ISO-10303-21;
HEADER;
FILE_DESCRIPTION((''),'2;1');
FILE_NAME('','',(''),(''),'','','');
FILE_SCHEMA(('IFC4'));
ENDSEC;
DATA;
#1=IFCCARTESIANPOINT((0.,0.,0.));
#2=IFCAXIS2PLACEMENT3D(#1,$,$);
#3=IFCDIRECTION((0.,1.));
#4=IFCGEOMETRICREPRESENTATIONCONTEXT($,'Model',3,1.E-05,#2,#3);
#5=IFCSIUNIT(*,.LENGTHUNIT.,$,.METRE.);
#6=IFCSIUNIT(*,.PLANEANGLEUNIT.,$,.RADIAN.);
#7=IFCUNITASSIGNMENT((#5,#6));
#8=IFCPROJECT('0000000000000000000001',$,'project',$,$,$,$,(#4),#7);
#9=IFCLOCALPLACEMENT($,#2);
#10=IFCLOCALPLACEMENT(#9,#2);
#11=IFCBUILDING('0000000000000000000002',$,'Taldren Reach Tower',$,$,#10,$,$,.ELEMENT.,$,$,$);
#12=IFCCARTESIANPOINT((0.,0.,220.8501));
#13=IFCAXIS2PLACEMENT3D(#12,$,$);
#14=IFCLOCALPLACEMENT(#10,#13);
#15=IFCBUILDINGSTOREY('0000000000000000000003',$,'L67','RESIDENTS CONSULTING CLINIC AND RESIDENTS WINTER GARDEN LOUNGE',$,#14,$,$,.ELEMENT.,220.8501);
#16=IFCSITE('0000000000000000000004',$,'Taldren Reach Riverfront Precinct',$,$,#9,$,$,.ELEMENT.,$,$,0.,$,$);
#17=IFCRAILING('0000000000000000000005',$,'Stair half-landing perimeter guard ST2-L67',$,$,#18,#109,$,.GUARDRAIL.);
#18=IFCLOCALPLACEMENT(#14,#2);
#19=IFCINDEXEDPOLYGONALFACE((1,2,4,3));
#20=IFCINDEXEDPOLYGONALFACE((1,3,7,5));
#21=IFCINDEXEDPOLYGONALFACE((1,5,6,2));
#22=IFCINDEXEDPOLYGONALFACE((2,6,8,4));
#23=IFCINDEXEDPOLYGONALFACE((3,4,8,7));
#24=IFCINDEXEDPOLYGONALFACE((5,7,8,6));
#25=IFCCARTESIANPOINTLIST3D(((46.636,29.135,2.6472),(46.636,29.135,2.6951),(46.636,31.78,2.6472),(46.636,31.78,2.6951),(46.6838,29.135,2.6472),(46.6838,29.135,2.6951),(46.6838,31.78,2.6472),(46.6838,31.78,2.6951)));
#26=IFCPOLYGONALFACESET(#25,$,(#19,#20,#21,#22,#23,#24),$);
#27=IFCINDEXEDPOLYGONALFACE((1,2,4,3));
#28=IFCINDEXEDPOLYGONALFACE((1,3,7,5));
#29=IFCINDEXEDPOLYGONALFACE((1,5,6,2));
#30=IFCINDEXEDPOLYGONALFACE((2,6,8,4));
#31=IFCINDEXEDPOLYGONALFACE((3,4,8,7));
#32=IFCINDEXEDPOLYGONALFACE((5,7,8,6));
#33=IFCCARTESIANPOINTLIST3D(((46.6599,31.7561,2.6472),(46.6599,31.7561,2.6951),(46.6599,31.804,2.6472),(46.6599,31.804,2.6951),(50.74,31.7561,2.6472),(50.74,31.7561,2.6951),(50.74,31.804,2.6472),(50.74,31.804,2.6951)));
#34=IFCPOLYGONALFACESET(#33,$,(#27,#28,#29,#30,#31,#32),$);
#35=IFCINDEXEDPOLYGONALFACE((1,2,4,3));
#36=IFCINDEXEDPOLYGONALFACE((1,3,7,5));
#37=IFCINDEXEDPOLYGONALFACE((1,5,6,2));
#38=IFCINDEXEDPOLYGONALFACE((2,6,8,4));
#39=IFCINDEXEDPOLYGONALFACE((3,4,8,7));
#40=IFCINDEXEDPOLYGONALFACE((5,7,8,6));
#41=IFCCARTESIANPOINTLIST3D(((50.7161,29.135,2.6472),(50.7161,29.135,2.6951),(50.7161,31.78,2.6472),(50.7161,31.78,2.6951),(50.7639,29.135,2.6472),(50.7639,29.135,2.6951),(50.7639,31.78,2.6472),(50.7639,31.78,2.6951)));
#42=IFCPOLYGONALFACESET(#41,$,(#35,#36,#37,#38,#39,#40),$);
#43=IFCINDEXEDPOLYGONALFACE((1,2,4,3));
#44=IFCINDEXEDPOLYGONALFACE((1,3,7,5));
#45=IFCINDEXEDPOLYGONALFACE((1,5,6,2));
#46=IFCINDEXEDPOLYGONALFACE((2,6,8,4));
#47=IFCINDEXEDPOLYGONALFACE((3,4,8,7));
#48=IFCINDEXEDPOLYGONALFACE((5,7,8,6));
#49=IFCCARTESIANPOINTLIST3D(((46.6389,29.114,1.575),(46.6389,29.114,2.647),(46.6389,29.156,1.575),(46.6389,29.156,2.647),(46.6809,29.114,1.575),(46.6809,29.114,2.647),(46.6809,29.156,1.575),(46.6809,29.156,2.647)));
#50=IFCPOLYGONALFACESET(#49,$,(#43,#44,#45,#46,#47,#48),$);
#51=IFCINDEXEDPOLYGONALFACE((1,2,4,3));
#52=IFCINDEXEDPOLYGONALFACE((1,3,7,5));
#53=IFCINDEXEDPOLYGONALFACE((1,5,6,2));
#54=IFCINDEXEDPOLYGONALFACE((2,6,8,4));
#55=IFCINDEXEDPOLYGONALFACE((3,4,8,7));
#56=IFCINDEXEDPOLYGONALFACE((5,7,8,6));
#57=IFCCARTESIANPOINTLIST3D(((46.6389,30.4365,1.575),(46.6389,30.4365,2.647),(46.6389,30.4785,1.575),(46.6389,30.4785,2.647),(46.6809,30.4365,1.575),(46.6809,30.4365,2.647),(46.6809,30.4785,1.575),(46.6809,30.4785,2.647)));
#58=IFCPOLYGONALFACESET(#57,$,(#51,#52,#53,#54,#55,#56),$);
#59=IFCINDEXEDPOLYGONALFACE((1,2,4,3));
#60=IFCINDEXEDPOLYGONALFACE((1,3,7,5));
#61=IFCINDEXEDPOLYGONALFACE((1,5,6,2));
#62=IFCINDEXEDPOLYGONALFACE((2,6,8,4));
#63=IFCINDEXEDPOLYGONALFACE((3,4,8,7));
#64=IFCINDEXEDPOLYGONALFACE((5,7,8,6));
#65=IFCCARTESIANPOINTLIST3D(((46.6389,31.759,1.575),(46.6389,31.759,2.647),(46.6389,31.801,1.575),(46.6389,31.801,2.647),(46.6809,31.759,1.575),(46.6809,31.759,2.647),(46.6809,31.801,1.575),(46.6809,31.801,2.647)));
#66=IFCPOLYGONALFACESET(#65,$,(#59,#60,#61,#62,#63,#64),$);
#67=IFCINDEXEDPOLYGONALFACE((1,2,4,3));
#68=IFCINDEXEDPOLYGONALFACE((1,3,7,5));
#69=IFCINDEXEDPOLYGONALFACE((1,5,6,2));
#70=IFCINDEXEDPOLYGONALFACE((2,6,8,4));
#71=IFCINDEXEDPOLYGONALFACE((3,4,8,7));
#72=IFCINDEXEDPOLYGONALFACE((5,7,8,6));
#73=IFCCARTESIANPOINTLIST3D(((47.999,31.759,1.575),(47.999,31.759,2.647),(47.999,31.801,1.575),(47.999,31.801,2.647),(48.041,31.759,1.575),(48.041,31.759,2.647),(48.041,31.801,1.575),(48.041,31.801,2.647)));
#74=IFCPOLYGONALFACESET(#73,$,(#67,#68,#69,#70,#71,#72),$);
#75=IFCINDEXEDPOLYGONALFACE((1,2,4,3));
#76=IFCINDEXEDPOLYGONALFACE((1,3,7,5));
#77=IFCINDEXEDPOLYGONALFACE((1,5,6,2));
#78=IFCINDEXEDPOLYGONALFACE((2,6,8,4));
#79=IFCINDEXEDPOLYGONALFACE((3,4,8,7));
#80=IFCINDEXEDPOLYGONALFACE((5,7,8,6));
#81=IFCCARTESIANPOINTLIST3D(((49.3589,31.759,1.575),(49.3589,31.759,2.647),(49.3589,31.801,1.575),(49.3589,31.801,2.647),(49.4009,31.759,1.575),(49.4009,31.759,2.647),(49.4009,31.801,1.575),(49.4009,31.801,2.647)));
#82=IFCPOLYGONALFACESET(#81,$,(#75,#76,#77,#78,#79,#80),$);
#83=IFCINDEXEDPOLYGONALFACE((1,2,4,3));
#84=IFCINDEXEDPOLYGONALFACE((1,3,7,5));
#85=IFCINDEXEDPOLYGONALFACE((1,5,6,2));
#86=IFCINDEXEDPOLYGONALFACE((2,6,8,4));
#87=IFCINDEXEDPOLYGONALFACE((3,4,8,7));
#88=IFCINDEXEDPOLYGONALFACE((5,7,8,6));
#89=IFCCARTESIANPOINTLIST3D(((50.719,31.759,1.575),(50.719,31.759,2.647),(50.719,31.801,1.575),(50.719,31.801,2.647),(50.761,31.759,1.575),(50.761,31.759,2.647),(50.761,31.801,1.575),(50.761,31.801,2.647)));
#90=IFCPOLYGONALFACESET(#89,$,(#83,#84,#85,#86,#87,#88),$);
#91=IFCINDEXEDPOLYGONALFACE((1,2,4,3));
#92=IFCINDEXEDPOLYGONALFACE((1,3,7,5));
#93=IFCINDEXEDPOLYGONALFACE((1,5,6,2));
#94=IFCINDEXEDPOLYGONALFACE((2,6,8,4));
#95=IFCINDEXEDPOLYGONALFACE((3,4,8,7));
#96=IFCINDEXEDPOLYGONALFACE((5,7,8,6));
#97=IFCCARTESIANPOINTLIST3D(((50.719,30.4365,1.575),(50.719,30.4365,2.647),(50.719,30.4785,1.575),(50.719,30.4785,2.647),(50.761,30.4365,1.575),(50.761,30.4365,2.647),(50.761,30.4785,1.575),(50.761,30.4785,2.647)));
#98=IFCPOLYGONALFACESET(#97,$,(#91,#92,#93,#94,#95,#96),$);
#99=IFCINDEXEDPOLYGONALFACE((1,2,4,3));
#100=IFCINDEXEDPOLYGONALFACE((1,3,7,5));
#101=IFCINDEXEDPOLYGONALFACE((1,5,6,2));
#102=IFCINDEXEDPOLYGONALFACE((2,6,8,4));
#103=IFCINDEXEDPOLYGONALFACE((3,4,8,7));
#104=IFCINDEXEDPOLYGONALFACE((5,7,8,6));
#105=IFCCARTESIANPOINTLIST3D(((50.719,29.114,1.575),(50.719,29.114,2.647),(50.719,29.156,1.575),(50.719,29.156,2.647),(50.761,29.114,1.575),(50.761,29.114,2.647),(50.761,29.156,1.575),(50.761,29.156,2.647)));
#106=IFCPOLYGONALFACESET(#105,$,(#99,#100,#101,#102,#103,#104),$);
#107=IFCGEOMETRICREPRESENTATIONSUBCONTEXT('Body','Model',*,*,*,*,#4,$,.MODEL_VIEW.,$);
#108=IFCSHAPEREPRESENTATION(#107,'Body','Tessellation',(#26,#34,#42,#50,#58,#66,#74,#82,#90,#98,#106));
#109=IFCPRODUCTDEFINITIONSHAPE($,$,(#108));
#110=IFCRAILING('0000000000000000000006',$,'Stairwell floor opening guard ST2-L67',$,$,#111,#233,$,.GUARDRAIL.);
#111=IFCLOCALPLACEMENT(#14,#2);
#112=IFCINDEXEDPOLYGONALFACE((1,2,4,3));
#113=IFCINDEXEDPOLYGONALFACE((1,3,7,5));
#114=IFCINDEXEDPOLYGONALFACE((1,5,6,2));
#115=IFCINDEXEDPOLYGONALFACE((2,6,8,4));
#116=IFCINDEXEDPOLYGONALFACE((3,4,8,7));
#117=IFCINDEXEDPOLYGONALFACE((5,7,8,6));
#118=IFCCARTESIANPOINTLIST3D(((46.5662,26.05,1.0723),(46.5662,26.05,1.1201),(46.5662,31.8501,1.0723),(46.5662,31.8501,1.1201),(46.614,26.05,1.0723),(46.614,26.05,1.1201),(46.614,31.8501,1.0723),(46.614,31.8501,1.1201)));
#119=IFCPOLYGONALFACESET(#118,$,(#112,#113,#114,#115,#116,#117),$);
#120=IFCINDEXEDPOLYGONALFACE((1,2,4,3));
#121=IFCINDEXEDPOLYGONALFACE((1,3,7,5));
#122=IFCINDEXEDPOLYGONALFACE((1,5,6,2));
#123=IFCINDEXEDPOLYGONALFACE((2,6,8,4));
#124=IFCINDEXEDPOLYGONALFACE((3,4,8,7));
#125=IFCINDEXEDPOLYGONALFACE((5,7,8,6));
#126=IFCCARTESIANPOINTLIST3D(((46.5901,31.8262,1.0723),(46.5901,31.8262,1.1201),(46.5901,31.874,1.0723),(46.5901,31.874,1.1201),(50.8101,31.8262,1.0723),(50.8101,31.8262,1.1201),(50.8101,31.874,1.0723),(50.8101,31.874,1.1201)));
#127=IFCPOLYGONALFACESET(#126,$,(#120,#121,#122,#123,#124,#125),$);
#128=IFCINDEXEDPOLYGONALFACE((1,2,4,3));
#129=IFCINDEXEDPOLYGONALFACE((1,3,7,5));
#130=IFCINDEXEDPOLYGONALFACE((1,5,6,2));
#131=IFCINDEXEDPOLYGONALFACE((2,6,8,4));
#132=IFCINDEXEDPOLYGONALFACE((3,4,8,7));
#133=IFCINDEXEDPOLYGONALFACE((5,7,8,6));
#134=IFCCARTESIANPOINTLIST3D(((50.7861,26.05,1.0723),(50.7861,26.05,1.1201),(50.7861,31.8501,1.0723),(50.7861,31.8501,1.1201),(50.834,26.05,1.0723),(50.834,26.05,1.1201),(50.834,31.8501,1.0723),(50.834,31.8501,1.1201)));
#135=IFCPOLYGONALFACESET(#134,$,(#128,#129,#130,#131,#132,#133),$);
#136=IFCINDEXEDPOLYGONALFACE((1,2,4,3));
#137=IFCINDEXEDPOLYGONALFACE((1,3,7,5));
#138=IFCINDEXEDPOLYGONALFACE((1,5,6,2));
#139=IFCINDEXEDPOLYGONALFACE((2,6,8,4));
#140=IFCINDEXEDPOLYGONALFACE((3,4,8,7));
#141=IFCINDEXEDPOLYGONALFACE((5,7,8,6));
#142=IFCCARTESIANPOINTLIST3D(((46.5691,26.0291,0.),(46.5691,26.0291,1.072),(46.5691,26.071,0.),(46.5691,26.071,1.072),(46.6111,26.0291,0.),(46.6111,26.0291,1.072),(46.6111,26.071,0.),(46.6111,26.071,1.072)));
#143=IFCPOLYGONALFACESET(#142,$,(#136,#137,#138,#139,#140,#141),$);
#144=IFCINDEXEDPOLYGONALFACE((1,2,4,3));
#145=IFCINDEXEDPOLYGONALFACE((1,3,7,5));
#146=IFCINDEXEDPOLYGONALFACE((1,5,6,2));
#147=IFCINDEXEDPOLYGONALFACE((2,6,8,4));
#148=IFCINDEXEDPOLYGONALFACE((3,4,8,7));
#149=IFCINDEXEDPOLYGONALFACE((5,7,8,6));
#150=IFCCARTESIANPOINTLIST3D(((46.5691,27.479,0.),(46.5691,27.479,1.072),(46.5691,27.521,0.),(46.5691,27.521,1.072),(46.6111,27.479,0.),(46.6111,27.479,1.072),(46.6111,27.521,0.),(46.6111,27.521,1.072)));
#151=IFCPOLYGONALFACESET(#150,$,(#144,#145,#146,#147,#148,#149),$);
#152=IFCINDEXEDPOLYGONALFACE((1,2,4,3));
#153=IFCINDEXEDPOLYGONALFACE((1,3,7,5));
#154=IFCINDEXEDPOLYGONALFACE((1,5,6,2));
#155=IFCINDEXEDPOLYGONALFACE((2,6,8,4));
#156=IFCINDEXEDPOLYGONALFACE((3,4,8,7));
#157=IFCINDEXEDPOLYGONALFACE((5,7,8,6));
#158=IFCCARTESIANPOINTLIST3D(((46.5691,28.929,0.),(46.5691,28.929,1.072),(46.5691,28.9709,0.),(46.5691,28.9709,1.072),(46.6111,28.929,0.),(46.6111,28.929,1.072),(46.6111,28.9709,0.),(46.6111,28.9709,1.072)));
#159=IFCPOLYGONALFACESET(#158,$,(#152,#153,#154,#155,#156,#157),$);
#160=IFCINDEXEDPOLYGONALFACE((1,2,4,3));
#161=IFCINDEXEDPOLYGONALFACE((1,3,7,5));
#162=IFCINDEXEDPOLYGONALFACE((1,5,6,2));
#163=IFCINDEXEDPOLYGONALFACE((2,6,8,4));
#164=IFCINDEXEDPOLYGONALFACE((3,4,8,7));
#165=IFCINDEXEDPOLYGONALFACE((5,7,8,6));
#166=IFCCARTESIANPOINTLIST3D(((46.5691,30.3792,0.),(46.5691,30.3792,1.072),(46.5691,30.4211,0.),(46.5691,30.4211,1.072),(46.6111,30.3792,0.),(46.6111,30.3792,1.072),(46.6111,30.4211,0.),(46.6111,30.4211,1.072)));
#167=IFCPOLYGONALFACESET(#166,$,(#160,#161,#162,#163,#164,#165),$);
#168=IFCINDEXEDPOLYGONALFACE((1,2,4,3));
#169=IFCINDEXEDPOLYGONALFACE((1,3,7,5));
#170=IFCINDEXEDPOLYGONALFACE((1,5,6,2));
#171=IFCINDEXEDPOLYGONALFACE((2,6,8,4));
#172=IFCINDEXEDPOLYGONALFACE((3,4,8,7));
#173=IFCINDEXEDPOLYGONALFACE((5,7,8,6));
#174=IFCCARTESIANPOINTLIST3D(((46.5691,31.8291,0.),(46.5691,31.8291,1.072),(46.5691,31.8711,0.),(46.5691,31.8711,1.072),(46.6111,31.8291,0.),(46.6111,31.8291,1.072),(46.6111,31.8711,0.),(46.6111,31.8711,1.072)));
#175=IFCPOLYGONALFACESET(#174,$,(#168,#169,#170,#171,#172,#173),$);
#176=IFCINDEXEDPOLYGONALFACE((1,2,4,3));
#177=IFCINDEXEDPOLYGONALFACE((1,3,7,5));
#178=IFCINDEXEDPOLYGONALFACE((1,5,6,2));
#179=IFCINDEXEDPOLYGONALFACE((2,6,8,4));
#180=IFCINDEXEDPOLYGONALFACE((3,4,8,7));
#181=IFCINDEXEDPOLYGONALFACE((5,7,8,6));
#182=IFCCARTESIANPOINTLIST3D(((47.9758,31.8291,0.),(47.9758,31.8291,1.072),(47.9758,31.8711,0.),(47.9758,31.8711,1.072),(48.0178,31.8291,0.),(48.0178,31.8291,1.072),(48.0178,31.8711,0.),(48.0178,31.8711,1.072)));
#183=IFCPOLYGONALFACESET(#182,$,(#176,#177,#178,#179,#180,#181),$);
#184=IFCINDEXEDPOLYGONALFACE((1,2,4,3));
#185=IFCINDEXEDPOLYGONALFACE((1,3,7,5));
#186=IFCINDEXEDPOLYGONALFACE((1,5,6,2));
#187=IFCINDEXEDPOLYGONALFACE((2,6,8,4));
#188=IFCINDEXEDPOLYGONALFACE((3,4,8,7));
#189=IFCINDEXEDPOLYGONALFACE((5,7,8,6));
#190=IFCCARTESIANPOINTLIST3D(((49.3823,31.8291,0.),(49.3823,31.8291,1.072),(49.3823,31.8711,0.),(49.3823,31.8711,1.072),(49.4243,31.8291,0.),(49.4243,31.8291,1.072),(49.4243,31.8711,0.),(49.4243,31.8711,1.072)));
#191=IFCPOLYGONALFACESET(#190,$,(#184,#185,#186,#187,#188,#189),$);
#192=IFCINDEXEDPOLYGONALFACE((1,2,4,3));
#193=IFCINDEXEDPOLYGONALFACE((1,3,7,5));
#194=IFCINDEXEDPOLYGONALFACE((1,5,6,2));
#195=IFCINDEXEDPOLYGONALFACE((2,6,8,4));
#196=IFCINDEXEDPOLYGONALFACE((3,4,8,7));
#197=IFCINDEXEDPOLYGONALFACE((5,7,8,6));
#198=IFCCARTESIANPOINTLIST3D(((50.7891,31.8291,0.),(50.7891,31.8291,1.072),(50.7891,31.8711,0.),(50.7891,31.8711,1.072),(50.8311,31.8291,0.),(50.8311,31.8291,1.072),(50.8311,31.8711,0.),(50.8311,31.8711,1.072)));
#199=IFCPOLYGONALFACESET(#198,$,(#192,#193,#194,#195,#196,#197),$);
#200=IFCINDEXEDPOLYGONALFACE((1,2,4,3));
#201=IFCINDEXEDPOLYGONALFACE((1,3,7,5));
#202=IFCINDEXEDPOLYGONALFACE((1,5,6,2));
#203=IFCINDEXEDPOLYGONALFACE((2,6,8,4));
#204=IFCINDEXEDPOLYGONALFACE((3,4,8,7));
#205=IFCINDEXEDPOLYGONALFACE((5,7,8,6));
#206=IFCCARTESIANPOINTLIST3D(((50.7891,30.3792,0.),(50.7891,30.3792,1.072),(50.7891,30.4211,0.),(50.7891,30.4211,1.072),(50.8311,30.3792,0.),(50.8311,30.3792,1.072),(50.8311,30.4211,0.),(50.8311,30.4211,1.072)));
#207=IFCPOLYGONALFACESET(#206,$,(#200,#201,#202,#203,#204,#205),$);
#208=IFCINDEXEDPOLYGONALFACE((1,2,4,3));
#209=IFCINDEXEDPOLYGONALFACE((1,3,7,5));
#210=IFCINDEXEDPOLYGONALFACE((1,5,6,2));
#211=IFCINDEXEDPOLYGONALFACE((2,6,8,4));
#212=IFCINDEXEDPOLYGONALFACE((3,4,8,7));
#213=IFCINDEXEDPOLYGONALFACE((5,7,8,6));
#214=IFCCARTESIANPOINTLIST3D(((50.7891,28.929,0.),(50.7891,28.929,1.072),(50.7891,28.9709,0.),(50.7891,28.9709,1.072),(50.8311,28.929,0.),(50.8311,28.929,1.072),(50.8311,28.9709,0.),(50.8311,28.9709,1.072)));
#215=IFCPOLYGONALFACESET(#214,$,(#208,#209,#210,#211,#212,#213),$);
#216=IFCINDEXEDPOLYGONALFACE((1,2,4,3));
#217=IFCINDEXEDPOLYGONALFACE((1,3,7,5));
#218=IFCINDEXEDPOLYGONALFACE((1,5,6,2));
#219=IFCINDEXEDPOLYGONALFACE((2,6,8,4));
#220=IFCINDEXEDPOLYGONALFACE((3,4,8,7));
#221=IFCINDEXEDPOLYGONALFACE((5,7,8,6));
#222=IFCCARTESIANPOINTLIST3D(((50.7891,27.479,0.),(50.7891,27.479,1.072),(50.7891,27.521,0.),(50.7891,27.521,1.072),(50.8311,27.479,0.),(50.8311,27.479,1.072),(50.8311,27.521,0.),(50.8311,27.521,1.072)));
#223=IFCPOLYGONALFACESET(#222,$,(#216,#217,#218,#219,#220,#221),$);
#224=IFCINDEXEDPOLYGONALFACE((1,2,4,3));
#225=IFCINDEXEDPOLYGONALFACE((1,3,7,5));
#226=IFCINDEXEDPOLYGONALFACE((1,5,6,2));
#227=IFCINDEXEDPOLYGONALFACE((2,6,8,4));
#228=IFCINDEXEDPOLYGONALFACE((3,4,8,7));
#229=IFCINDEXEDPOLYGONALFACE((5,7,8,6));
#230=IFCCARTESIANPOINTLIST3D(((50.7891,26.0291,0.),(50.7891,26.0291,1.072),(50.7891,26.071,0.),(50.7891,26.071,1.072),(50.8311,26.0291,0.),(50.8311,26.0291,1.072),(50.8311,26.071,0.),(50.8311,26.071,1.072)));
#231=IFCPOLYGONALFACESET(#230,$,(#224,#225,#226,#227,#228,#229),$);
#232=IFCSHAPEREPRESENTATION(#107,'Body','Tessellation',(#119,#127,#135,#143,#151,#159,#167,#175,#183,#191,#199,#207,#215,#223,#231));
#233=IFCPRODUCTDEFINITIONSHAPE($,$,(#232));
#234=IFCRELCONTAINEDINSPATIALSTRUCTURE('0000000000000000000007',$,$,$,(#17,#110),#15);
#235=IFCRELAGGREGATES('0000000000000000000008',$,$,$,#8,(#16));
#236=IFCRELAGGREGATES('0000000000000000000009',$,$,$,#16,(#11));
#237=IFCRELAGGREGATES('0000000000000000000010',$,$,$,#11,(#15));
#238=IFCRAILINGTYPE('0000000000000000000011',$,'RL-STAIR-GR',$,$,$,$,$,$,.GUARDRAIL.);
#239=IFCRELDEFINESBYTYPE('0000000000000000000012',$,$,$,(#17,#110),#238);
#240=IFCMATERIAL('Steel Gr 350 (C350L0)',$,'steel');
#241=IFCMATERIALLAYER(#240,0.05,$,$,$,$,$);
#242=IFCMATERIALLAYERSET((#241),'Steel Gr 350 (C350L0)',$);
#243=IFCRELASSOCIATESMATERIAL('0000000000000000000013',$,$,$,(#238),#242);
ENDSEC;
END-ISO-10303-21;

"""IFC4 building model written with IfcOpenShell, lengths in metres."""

from ifc_helpers import new_model, si_unit, direction, frame, origin, origin_2d, place, context, subcontext, project, spatial, rectangle, extrude, material, layer, layer_set, type_object, element, save


model = new_model("IFC4")

# Units and contexts
model_context = context("Model", 3, precision=1e-05, world=origin(), true_north=direction((0.0, 1.0)))
body_context = subcontext(model_context, "Body", "Model", "MODEL_VIEW")
ifc_project = project(units=[si_unit("LENGTHUNIT", "METRE"), si_unit("PLANEANGLEUNIT", "RADIAN")], contexts=[model_context])

# Site, building, storey
site_placement = place(None, origin())
site = spatial("IfcSite", under=ifc_project, at=site_placement, Name="Taldren Reach Riverfront Precinct", CompositionType="ELEMENT", RefElevation=0.0)
building_placement = place(site_placement, origin())
building = spatial("IfcBuilding", under=site, at=building_placement, Name="Taldren Reach Tower", CompositionType="ELEMENT")
storey_placement = place(building_placement, frame((0.0, 0.0, 220.8501)))
storey = spatial("IfcBuildingStorey", under=building, at=storey_placement, Name="L67", Description="RESIDENTS CONSULTING CLINIC AND RESIDENTS WINTER GARDEN LOUNGE", CompositionType="ELEMENT", Elevation=220.8501)

# Shared definitions
ifc_material_1 = material(Name="Steel Gr 350 (C350L0)", Category="steel")

# Railings
ifc_layer_1 = layer(ifc_material_1, 0.05)
ifc_layer_set_1 = layer_set([ifc_layer_1], Name="Steel Gr 350 (C350L0)")
railing_type = type_object("IfcRailingType", Name="RL-STAIR-GR", PredefinedType="GUARDRAIL", material=ifc_layer_set_1)
railing_1_placement = place(storey_placement, frame((46.6599, 29.135, 1.575)))
element("IfcRailing", 1, at=railing_1_placement, inside=storey, type_object=railing_type, Name="Stair half-landing perimeter guard ST2-L67", PredefinedType="GUARDRAIL", context=body_context, shape_type="SweptSolid", body=[
    extrude(rectangle(XDim=0.0479, YDim=0.0479, at=origin_2d()), frame((0.0, 0.0, 1.0962), z_axis=(0.0, 1.0, 0.0), x_axis=(-1.0, 0.0, 0.0)), (0.0, 0.0, 1.0), 2.645),
    extrude(rectangle(XDim=0.0479, YDim=0.0479, at=origin_2d()), frame((0.0, 2.645, 1.0962), z_axis=(1.0, 0.0, 0.0), x_axis=(0.0, 1.0, 0.0)), (0.0, 0.0, 1.0), 4.0801),
    extrude(rectangle(XDim=0.0479, YDim=0.0479, at=origin_2d()), frame((4.0801, 2.645, 1.0962), z_axis=(0.0, -1.0, 0.0), x_axis=(1.0, 0.0, 0.0)), (0.0, 0.0, 1.0), 2.645),
    extrude(rectangle(XDim=0.042, YDim=0.042, at=origin_2d()), origin(), (0.0, 0.0, 1.0), 1.072),
    extrude(rectangle(XDim=0.042, YDim=0.042, at=origin_2d()), frame((0.0, 1.3225, 0.0)), (0.0, 0.0, 1.0), 1.072),
    extrude(rectangle(XDim=0.042, YDim=0.042, at=origin_2d()), frame((0.0, 2.645, 0.0)), (0.0, 0.0, 1.0), 1.072),
    extrude(rectangle(XDim=0.042, YDim=0.042, at=origin_2d()), frame((1.3601, 2.645, 0.0)), (0.0, 0.0, 1.0), 1.072),
    extrude(rectangle(XDim=0.042, YDim=0.042, at=origin_2d()), frame((2.72, 2.645, 0.0)), (0.0, 0.0, 1.0), 1.072),
    extrude(rectangle(XDim=0.042, YDim=0.042, at=origin_2d()), frame((4.0801, 2.645, 0.0)), (0.0, 0.0, 1.0), 1.072),
    extrude(rectangle(XDim=0.042, YDim=0.042, at=origin_2d()), frame((4.0801, 1.3225, 0.0)), (0.0, 0.0, 1.0), 1.072),
    extrude(rectangle(XDim=0.042, YDim=0.042, at=origin_2d()), frame((4.0801, 0.0, 0.0)), (0.0, 0.0, 1.0), 1.072),
])
railing_2_placement = place(storey_placement, frame((46.5901, 26.05, 0.0)))
element("IfcRailing", 2, at=railing_2_placement, inside=storey, type_object=railing_type, Name="Stairwell floor opening guard ST2-L67", PredefinedType="GUARDRAIL", context=body_context, shape_type="SweptSolid", body=[
    extrude(rectangle(XDim=0.0479, YDim=0.0479, at=origin_2d()), frame((0.0, 0.0, 1.0962), z_axis=(0.0, 1.0, 0.0), x_axis=(-1.0, 0.0, 0.0)), (0.0, 0.0, 1.0), 5.8),
    extrude(rectangle(XDim=0.0479, YDim=0.0479, at=origin_2d()), frame((0.0, 5.8, 1.0962), z_axis=(1.0, 0.0, 0.0), x_axis=(0.0, 1.0, 0.0)), (0.0, 0.0, 1.0), 4.22),
    extrude(rectangle(XDim=0.0479, YDim=0.0479, at=origin_2d()), frame((4.22, 5.8, 1.0962), z_axis=(0.0, -1.0, 0.0), x_axis=(1.0, 0.0, 0.0)), (0.0, 0.0, 1.0), 5.8),
    extrude(rectangle(XDim=0.042, YDim=0.042, at=origin_2d()), origin(), (0.0, 0.0, 1.0), 1.072),
    extrude(rectangle(XDim=0.042, YDim=0.042, at=origin_2d()), frame((0.0, 1.45, 0.0)), (0.0, 0.0, 1.0), 1.072),
    extrude(rectangle(XDim=0.042, YDim=0.042, at=origin_2d()), frame((0.0, 2.8999, 0.0)), (0.0, 0.0, 1.0), 1.072),
    extrude(rectangle(XDim=0.042, YDim=0.042, at=origin_2d()), frame((0.0, 4.3501, 0.0)), (0.0, 0.0, 1.0), 1.072),
    extrude(rectangle(XDim=0.042, YDim=0.042, at=origin_2d()), frame((0.0, 5.8, 0.0)), (0.0, 0.0, 1.0), 1.072),
    extrude(rectangle(XDim=0.042, YDim=0.042, at=origin_2d()), frame((1.4067, 5.8, 0.0)), (0.0, 0.0, 1.0), 1.072),
    extrude(rectangle(XDim=0.042, YDim=0.042, at=origin_2d()), frame((2.8132, 5.8, 0.0)), (0.0, 0.0, 1.0), 1.072),
    extrude(rectangle(XDim=0.042, YDim=0.042, at=origin_2d()), frame((4.22, 5.8, 0.0)), (0.0, 0.0, 1.0), 1.072),
    extrude(rectangle(XDim=0.042, YDim=0.042, at=origin_2d()), frame((4.22, 4.3501, 0.0)), (0.0, 0.0, 1.0), 1.072),
    extrude(rectangle(XDim=0.042, YDim=0.042, at=origin_2d()), frame((4.22, 2.8999, 0.0)), (0.0, 0.0, 1.0), 1.072),
    extrude(rectangle(XDim=0.042, YDim=0.042, at=origin_2d()), frame((4.22, 1.45, 0.0)), (0.0, 0.0, 1.0), 1.072),
    extrude(rectangle(XDim=0.042, YDim=0.042, at=origin_2d()), frame((4.22, 0.0, 0.0)), (0.0, 0.0, 1.0), 1.072),
])

save(model, "model.ifc")
